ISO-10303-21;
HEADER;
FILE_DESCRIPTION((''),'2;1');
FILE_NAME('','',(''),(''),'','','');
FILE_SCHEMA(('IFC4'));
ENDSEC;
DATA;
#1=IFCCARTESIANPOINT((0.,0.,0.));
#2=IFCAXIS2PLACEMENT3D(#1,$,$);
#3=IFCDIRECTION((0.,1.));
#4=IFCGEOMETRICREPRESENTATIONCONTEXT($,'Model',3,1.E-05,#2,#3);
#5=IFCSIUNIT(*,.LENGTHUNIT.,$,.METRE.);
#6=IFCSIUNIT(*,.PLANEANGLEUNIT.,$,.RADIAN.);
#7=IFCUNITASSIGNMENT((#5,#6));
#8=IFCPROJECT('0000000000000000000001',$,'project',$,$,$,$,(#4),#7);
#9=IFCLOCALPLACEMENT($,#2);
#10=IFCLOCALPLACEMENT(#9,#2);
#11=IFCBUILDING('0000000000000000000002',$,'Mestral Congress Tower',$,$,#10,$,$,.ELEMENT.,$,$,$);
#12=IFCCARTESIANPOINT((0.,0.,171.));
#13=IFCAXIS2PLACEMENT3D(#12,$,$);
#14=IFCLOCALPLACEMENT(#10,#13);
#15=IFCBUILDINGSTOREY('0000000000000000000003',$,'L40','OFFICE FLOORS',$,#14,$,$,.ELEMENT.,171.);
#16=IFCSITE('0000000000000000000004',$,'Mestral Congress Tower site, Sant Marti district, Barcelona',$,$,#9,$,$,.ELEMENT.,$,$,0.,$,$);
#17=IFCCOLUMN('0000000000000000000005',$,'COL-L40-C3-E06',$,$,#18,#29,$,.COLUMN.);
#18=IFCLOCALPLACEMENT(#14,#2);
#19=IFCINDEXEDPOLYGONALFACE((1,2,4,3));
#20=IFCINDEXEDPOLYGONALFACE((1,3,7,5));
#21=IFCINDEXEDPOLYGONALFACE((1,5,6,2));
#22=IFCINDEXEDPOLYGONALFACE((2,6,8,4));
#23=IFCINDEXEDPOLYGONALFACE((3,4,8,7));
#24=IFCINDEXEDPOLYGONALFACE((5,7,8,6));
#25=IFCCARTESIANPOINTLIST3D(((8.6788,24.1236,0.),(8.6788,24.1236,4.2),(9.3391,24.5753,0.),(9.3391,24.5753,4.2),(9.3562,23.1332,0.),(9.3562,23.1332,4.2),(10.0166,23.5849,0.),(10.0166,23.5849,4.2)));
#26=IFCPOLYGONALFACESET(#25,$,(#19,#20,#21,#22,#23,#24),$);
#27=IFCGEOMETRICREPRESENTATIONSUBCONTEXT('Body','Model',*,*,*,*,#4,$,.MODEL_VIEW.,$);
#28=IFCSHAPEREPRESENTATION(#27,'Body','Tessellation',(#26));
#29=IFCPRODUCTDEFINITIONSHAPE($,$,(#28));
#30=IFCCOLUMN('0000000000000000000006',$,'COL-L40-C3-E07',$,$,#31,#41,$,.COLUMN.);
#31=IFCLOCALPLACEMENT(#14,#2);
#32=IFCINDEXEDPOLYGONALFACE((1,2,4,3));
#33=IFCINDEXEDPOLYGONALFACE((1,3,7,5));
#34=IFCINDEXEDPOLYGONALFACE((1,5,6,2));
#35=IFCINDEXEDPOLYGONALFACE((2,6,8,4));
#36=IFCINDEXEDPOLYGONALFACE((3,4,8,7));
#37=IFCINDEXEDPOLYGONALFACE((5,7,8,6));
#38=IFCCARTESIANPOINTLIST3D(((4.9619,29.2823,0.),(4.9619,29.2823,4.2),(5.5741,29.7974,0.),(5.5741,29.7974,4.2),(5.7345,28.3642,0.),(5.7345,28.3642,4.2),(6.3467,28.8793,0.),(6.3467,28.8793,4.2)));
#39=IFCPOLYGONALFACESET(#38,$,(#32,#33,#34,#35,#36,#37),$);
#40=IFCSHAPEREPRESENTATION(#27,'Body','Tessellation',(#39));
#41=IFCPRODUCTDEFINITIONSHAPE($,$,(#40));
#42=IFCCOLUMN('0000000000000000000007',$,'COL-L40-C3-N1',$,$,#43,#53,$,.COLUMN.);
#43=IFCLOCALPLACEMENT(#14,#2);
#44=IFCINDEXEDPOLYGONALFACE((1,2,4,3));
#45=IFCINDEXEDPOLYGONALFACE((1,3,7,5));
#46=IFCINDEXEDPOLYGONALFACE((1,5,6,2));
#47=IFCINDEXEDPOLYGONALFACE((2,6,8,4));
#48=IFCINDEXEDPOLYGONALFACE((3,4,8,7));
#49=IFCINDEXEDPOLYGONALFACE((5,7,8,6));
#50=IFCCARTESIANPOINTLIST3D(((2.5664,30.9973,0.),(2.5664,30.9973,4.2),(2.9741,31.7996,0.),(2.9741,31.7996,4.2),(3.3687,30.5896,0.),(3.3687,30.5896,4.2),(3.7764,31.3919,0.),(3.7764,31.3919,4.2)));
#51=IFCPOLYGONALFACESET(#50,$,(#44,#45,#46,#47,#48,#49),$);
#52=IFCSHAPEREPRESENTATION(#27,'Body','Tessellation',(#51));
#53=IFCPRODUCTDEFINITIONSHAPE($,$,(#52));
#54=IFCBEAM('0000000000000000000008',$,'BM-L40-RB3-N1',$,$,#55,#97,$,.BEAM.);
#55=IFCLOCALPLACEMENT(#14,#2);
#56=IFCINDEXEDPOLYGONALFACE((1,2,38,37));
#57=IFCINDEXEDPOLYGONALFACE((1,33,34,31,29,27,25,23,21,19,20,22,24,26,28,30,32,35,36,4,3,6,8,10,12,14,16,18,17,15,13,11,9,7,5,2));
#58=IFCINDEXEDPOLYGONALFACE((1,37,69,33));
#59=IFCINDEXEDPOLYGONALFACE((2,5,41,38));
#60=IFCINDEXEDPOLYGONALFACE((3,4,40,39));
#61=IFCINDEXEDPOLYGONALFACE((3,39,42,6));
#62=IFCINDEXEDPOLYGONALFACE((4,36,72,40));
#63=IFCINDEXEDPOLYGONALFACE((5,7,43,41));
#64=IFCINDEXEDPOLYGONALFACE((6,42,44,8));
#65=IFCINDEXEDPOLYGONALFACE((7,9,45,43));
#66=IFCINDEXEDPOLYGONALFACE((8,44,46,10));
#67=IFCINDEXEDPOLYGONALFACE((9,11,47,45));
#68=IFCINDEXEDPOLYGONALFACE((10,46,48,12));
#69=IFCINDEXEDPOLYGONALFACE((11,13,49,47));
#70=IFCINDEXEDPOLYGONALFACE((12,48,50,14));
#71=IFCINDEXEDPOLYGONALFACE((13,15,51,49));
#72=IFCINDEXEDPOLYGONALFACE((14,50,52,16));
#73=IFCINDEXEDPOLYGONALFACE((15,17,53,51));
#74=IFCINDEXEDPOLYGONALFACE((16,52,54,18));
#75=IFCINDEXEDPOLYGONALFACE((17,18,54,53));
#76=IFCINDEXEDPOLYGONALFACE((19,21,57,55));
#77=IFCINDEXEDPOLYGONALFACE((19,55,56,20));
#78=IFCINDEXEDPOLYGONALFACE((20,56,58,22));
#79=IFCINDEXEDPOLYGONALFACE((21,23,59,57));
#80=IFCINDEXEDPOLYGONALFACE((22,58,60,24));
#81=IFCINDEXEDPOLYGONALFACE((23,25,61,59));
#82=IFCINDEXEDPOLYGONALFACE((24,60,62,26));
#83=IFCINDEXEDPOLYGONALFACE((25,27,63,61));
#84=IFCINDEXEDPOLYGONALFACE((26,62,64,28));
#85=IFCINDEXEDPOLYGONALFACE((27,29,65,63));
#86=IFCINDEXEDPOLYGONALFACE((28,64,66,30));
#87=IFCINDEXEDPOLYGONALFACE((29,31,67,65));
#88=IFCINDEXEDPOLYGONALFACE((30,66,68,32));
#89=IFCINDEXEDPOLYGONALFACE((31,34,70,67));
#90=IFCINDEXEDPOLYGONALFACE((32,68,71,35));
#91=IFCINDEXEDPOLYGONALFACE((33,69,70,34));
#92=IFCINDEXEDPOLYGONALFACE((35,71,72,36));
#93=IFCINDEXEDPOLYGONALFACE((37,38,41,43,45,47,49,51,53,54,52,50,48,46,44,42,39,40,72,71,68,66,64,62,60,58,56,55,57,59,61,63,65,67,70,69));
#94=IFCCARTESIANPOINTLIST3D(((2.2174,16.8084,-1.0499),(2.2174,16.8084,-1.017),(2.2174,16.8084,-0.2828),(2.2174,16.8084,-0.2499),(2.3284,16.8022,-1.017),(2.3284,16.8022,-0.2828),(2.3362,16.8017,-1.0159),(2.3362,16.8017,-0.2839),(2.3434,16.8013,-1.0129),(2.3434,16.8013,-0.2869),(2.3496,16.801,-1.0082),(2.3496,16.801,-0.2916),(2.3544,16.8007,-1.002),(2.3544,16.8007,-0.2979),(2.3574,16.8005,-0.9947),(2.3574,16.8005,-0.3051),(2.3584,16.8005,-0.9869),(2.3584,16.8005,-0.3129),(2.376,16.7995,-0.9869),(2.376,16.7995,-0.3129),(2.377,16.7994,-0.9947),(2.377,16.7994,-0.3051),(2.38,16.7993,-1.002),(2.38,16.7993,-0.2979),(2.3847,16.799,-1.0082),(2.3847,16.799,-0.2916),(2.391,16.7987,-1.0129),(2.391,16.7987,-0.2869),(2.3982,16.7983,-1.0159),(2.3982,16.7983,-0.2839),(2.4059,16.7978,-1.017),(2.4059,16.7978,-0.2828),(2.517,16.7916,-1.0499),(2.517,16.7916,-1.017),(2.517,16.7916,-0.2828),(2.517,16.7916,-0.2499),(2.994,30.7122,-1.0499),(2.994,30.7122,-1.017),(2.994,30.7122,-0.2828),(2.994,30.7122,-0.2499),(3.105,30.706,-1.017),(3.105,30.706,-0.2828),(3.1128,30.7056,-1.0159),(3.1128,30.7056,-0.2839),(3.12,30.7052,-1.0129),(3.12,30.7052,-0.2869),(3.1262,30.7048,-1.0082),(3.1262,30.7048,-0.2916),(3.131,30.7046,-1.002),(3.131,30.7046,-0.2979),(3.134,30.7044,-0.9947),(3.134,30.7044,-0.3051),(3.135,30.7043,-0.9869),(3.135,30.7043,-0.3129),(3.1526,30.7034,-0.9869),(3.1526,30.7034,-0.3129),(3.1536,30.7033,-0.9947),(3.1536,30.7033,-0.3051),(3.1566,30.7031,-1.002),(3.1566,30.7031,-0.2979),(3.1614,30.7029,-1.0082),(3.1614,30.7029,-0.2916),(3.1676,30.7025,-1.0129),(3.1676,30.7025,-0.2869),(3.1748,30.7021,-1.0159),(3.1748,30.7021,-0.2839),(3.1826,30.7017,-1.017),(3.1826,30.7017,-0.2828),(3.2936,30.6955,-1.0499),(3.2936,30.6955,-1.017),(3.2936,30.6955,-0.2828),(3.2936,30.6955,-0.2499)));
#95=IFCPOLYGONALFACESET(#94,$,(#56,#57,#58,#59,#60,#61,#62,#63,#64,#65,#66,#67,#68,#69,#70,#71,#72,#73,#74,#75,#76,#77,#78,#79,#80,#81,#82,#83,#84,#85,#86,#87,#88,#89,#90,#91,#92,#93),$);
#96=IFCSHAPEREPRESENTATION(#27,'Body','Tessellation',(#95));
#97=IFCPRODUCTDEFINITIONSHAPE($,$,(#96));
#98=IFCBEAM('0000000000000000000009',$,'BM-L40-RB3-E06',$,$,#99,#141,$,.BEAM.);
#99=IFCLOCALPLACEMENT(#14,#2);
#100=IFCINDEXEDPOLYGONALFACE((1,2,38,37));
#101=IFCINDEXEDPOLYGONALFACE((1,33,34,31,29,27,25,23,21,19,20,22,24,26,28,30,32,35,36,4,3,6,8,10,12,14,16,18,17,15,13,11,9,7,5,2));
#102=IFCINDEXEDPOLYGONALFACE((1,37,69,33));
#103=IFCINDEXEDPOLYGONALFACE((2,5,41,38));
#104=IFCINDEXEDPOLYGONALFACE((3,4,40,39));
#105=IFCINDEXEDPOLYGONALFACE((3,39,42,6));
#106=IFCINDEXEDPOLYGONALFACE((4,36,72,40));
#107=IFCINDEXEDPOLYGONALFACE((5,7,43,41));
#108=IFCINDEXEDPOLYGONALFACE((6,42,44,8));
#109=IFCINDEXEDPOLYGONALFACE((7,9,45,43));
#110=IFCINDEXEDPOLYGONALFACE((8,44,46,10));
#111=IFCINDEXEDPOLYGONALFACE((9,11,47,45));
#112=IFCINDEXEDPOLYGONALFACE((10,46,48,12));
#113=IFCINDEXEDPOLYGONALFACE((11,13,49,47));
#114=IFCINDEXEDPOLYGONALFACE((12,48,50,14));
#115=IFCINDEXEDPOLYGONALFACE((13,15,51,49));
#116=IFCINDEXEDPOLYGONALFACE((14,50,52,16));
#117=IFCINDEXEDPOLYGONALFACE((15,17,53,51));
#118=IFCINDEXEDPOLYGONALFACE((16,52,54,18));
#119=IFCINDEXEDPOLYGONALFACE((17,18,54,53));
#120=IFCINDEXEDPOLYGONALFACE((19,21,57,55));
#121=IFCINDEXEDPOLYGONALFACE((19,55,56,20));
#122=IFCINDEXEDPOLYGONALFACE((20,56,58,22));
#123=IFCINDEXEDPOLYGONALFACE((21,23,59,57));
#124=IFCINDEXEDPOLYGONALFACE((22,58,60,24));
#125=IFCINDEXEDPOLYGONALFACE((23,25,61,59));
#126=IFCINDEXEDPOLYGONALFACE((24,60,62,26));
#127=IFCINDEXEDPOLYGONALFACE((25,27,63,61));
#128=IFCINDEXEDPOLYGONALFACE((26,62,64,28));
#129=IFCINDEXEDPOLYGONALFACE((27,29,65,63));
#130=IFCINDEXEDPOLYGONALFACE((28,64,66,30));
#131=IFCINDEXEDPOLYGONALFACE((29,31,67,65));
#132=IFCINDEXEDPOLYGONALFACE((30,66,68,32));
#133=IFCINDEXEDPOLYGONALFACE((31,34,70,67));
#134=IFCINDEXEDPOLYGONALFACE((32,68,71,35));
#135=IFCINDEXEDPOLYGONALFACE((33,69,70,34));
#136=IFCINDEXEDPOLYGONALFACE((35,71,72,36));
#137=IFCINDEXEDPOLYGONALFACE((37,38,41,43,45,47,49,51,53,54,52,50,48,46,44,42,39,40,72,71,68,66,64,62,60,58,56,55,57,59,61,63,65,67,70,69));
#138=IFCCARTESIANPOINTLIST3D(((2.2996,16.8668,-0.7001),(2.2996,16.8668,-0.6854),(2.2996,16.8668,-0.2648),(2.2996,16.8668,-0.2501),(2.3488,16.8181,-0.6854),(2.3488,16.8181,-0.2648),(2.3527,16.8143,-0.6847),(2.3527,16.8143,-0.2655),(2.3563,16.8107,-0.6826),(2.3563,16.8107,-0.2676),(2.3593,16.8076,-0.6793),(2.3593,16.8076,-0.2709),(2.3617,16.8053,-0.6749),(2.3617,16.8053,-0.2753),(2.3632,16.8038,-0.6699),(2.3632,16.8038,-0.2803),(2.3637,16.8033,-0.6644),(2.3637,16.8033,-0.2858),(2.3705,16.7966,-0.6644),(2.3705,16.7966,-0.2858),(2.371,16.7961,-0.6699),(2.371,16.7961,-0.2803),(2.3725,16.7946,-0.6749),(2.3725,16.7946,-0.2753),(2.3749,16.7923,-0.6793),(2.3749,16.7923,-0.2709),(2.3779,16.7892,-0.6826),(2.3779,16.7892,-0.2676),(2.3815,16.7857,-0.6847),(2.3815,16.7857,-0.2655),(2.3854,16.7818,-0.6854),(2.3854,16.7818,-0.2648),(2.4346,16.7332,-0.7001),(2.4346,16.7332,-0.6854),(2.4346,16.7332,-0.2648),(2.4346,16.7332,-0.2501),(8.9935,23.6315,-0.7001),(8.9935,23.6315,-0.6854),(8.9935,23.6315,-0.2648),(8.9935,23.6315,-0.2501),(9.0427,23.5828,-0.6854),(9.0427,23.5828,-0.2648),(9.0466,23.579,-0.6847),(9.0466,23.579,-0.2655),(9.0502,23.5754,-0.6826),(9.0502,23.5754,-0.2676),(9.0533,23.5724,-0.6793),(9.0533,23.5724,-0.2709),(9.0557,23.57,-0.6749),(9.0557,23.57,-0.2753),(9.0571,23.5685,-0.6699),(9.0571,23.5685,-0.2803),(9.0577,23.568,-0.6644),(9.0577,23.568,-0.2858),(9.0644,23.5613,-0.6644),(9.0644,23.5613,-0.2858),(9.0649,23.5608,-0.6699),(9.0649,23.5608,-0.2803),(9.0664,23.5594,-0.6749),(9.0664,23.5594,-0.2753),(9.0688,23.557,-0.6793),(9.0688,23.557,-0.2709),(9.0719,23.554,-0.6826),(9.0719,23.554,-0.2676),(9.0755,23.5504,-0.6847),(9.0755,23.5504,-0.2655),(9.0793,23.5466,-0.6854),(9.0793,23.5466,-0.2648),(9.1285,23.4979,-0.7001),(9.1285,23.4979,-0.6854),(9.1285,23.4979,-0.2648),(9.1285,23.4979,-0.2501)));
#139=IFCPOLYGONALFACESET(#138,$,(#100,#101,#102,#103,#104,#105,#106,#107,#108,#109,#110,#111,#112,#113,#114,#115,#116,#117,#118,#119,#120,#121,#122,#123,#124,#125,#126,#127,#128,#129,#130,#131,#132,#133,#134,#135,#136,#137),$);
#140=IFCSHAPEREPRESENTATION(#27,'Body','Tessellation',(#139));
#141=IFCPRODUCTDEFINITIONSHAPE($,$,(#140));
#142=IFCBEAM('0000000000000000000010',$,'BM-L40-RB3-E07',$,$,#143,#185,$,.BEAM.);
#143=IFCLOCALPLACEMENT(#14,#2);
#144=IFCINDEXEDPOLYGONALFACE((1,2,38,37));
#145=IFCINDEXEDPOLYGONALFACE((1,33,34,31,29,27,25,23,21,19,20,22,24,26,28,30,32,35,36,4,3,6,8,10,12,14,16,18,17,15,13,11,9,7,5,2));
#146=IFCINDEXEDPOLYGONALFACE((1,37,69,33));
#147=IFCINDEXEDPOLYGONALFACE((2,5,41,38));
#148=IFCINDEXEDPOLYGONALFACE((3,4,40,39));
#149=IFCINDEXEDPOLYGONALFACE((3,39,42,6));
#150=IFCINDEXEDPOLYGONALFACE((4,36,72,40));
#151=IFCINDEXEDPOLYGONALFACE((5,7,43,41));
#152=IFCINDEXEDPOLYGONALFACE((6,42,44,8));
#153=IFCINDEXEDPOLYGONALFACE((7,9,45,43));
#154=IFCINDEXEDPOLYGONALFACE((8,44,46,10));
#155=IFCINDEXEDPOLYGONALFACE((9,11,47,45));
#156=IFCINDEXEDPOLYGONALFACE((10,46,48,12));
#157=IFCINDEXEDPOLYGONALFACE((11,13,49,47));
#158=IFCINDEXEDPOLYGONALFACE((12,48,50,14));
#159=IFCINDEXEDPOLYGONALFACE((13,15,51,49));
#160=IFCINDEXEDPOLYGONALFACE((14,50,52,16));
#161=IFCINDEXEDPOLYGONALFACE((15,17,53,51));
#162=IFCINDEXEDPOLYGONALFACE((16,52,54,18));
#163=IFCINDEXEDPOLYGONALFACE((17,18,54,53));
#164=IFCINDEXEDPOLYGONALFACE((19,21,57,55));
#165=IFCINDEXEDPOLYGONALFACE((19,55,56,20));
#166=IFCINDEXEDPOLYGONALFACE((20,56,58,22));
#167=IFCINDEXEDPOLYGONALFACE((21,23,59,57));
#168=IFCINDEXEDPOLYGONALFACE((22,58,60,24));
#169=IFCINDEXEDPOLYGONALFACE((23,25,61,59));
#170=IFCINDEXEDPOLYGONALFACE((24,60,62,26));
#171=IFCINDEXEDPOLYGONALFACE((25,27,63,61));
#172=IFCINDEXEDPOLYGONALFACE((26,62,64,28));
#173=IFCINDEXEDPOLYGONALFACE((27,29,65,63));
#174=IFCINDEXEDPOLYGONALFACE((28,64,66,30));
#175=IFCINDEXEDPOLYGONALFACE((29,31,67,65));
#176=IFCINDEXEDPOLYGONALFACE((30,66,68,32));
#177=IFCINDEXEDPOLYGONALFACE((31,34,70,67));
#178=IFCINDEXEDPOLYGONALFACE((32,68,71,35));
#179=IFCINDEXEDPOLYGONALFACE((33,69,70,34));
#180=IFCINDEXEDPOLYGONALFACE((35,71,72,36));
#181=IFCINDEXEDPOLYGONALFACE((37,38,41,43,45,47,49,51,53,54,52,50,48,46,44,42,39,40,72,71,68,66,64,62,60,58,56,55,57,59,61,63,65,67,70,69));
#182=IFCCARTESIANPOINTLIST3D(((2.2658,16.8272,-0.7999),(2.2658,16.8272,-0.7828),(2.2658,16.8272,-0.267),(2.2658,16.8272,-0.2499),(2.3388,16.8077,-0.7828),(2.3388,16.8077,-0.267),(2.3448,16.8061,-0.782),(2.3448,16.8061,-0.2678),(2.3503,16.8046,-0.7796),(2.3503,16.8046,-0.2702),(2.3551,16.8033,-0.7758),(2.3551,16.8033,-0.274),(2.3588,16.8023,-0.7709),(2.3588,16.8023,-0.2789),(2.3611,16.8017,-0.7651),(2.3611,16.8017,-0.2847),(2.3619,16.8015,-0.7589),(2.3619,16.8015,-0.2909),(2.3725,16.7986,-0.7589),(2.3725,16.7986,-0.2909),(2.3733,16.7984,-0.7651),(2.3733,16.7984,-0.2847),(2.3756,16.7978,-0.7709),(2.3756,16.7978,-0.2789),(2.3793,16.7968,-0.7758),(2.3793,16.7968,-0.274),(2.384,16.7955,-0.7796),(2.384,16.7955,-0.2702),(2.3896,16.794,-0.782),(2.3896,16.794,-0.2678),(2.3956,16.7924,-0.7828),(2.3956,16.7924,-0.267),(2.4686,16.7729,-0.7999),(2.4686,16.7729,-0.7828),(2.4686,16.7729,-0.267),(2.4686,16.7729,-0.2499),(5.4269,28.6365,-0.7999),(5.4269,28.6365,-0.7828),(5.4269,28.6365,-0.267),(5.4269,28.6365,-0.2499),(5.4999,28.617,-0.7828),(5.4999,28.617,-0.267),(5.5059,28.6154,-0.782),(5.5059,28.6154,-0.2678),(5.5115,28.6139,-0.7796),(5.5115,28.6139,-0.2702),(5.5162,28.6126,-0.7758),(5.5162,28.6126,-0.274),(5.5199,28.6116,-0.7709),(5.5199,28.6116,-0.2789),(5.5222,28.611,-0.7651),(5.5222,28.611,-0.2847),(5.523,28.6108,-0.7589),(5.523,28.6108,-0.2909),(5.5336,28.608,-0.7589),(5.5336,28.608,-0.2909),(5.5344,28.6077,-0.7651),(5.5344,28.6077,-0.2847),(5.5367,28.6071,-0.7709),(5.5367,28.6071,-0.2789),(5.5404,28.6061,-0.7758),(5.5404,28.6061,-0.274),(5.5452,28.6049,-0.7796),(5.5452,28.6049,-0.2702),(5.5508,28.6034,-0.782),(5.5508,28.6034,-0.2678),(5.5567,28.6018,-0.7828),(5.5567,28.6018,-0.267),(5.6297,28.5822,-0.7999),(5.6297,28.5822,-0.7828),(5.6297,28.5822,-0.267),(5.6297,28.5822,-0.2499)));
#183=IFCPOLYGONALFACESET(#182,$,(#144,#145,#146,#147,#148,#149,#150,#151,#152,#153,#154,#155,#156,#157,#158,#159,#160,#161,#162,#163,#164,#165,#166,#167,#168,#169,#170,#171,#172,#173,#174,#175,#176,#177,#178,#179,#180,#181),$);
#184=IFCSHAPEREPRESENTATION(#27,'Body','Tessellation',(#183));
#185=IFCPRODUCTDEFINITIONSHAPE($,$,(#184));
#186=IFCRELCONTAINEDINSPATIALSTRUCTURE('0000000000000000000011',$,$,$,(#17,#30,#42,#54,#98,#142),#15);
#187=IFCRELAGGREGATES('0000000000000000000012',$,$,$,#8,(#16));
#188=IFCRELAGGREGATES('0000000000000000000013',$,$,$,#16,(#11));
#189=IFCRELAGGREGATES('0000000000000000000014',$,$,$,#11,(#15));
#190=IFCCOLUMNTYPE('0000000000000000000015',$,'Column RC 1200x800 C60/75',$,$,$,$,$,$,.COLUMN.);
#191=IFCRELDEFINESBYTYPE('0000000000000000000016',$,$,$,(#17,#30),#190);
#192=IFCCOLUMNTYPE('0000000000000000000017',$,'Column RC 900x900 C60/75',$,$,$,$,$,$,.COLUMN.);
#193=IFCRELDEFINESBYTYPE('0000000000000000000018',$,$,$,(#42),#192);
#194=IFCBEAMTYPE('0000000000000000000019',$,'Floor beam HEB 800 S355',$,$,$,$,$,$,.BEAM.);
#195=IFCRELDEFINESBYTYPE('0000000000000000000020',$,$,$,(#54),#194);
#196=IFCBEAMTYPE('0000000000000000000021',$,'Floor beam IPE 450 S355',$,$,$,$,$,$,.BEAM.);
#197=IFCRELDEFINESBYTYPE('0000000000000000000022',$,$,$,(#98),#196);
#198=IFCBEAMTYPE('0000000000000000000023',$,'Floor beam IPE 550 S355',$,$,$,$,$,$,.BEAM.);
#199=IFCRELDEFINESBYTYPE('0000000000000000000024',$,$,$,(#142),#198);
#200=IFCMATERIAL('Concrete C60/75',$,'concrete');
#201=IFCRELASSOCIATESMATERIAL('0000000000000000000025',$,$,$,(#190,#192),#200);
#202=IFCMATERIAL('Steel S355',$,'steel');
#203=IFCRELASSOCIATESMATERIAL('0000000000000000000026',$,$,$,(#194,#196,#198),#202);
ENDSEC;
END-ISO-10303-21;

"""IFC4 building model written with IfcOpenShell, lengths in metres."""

from ifc_helpers import new_model, si_unit, direction, frame, origin, origin_2d, place, context, subcontext, project, spatial, rectangle, i_section, extrude, material, material_profile, profile_set, type_object, element, save


model = new_model("IFC4")

# Units and contexts
model_context = context("Model", 3, precision=1e-05, world=origin(), true_north=direction((0.0, 1.0)))
body_context = subcontext(model_context, "Body", "Model", "MODEL_VIEW")
ifc_project = project(units=[si_unit("LENGTHUNIT", "METRE"), si_unit("PLANEANGLEUNIT", "RADIAN")], contexts=[model_context])

# Site, building, storey
site_placement = place(None, origin())
site = spatial("IfcSite", under=ifc_project, at=site_placement, Name="Mestral Congress Tower site, Sant Marti district, Barcelona", CompositionType="ELEMENT", RefElevation=0.0)
building_placement = place(site_placement, origin())
building = spatial("IfcBuilding", under=site, at=building_placement, Name="Mestral Congress Tower", CompositionType="ELEMENT")
storey_placement = place(building_placement, frame((0.0, 0.0, 171.0)))
storey = spatial("IfcBuildingStorey", under=building, at=storey_placement, Name="L40", Description="OFFICE FLOORS", CompositionType="ELEMENT", Elevation=171.0)

# Columns
ifc_material_1 = material(Name="Concrete C60/75", Category="concrete")
ifc_material_profile_1 = material_profile(ifc_material_1, rectangle(XDim=1.2, YDim=0.8, at=origin_2d()), Name="RC 1200x800")
ifc_profile_set_1 = profile_set([ifc_material_profile_1], Name="Concrete C60/75")
column_type_1 = type_object("IfcColumnType", Name="Column RC 1200x800 C60/75", PredefinedType="COLUMN", material=ifc_profile_set_1)
for number, where, z_axis, x_axis, name in (
    (1, (9.3477, 23.8542, 0.0), (0.0, 0.0, 1.0), (-0.564568, 0.825387, 0.0), "COL-L40-C3-E06"),
    (2, (5.6543, 29.0808, 0.0), (0.0, 0.0, 1.0), (-0.643827, 0.765171, 0.0), "COL-L40-C3-E07"),
):
    element("IfcColumn", number, at=place(storey_placement, frame(where, z_axis=z_axis, x_axis=x_axis)), inside=storey, type_object=column_type_1, Name=name, PredefinedType="COLUMN", context=body_context, shape_type="SweptSolid", body=[
        extrude(rectangle(XDim=1.2, YDim=0.8, at=origin_2d()), origin(), (0.0, 0.0, 1.0), 4.2),
    ])
ifc_material_profile_2 = material_profile(ifc_material_1, rectangle(XDim=0.8999, YDim=0.8999, at=origin_2d()), Name="RC 900x900")
ifc_profile_set_2 = profile_set([ifc_material_profile_2], Name="Concrete C60/75")
column_type_2 = type_object("IfcColumnType", Name="Column RC 900x900 C60/75", PredefinedType="COLUMN", material=ifc_profile_set_2)
column_placement = place(storey_placement, frame((3.1714, 31.1946, 0.0), z_axis=(0.0, 0.0, 1.0), x_axis=(-0.891486, 0.453048, 0.0)))
element("IfcColumn", 3, at=column_placement, inside=storey, type_object=column_type_2, Name="COL-L40-C3-N1", PredefinedType="COLUMN", context=body_context, shape_type="SweptSolid", body=[
    extrude(rectangle(XDim=0.8999, YDim=0.8999, at=origin_2d()), origin(), (0.0, 0.0, 1.0), 4.2),
])

# Beams
ifc_material_2 = material(Name="Steel S355", Category="steel")
ifc_material_profile_3 = material_profile(ifc_material_2, i_section(OverallWidth=0.3, OverallDepth=0.8, WebThickness=0.0176, FlangeThickness=0.033, FilletRadius=0.03, at=origin_2d()), Name="HEB 800")
ifc_profile_set_3 = profile_set([ifc_material_profile_3], Name="Steel S355")
beam_type_1 = type_object("IfcBeamType", Name="Floor beam HEB 800 S355", PredefinedType="BEAM", material=ifc_profile_set_3)
beam_1_placement = place(storey_placement, frame((3.1438, 30.7039, -0.6499), z_axis=(-0.055769, -0.998444, 0.0), x_axis=(0.998444, -0.055769, 0.0)))
element("IfcBeam", 4, at=beam_1_placement, inside=storey, type_object=beam_type_1, Name="BM-L40-RB3-N1", PredefinedType="BEAM", context=body_context, shape_type="SweptSolid", body=[
    extrude(i_section(OverallWidth=0.3, OverallDepth=0.8, WebThickness=0.0176, FlangeThickness=0.033, FilletRadius=0.03, at=origin_2d()), origin(), (0.0, 0.0, 1.0), 13.9255),
])
ifc_material_profile_4 = material_profile(ifc_material_2, i_section(OverallWidth=0.1899, OverallDepth=0.45, WebThickness=0.0095, FlangeThickness=0.0146, FilletRadius=0.021, at=origin_2d()), Name="IPE 450")
ifc_profile_set_4 = profile_set([ifc_material_profile_4], Name="Steel S355")
beam_type_2 = type_object("IfcBeamType", Name="Floor beam IPE 450 S355", PredefinedType="BEAM", material=ifc_profile_set_4)
beam_2_placement = place(storey_placement, frame((9.061, 23.5647, -0.4751), z_axis=(-0.703377, -0.710817, 0.0), x_axis=(0.710817, -0.703377, 0.0)))
element("IfcBeam", 5, at=beam_2_placement, inside=storey, type_object=beam_type_2, Name="BM-L40-RB3-E06", PredefinedType="BEAM", context=body_context, shape_type="SweptSolid", body=[
    extrude(i_section(OverallWidth=0.1899, OverallDepth=0.45, WebThickness=0.0095, FlangeThickness=0.0146, FilletRadius=0.021, at=origin_2d()), origin(), (0.0, 0.0, 1.0), 9.5168),
])
ifc_material_profile_5 = material_profile(ifc_material_2, i_section(OverallWidth=0.21, OverallDepth=0.55, WebThickness=0.011, FlangeThickness=0.0171, FilletRadius=0.0239, at=origin_2d()), Name="IPE 550")
ifc_profile_set_5 = profile_set([ifc_material_profile_5], Name="Steel S355")
beam_type_3 = type_object("IfcBeamType", Name="Floor beam IPE 550 S355", PredefinedType="BEAM", material=ifc_profile_set_5)
beam_3_placement = place(storey_placement, frame((5.5283, 28.6094, -0.5249), z_axis=(-0.258577, -0.965991, 0.0), x_axis=(0.965991, -0.258577, 0.0)))
element("IfcBeam", 6, at=beam_3_placement, inside=storey, type_object=beam_type_3, Name="BM-L40-RB3-E07", PredefinedType="BEAM", context=body_context, shape_type="SweptSolid", body=[
    extrude(i_section(OverallWidth=0.21, OverallDepth=0.55, WebThickness=0.011, FlangeThickness=0.0171, FilletRadius=0.0239, at=origin_2d()), origin(), (0.0, 0.0, 1.0), 12.2251),
])

save(model, "model.ifc")
